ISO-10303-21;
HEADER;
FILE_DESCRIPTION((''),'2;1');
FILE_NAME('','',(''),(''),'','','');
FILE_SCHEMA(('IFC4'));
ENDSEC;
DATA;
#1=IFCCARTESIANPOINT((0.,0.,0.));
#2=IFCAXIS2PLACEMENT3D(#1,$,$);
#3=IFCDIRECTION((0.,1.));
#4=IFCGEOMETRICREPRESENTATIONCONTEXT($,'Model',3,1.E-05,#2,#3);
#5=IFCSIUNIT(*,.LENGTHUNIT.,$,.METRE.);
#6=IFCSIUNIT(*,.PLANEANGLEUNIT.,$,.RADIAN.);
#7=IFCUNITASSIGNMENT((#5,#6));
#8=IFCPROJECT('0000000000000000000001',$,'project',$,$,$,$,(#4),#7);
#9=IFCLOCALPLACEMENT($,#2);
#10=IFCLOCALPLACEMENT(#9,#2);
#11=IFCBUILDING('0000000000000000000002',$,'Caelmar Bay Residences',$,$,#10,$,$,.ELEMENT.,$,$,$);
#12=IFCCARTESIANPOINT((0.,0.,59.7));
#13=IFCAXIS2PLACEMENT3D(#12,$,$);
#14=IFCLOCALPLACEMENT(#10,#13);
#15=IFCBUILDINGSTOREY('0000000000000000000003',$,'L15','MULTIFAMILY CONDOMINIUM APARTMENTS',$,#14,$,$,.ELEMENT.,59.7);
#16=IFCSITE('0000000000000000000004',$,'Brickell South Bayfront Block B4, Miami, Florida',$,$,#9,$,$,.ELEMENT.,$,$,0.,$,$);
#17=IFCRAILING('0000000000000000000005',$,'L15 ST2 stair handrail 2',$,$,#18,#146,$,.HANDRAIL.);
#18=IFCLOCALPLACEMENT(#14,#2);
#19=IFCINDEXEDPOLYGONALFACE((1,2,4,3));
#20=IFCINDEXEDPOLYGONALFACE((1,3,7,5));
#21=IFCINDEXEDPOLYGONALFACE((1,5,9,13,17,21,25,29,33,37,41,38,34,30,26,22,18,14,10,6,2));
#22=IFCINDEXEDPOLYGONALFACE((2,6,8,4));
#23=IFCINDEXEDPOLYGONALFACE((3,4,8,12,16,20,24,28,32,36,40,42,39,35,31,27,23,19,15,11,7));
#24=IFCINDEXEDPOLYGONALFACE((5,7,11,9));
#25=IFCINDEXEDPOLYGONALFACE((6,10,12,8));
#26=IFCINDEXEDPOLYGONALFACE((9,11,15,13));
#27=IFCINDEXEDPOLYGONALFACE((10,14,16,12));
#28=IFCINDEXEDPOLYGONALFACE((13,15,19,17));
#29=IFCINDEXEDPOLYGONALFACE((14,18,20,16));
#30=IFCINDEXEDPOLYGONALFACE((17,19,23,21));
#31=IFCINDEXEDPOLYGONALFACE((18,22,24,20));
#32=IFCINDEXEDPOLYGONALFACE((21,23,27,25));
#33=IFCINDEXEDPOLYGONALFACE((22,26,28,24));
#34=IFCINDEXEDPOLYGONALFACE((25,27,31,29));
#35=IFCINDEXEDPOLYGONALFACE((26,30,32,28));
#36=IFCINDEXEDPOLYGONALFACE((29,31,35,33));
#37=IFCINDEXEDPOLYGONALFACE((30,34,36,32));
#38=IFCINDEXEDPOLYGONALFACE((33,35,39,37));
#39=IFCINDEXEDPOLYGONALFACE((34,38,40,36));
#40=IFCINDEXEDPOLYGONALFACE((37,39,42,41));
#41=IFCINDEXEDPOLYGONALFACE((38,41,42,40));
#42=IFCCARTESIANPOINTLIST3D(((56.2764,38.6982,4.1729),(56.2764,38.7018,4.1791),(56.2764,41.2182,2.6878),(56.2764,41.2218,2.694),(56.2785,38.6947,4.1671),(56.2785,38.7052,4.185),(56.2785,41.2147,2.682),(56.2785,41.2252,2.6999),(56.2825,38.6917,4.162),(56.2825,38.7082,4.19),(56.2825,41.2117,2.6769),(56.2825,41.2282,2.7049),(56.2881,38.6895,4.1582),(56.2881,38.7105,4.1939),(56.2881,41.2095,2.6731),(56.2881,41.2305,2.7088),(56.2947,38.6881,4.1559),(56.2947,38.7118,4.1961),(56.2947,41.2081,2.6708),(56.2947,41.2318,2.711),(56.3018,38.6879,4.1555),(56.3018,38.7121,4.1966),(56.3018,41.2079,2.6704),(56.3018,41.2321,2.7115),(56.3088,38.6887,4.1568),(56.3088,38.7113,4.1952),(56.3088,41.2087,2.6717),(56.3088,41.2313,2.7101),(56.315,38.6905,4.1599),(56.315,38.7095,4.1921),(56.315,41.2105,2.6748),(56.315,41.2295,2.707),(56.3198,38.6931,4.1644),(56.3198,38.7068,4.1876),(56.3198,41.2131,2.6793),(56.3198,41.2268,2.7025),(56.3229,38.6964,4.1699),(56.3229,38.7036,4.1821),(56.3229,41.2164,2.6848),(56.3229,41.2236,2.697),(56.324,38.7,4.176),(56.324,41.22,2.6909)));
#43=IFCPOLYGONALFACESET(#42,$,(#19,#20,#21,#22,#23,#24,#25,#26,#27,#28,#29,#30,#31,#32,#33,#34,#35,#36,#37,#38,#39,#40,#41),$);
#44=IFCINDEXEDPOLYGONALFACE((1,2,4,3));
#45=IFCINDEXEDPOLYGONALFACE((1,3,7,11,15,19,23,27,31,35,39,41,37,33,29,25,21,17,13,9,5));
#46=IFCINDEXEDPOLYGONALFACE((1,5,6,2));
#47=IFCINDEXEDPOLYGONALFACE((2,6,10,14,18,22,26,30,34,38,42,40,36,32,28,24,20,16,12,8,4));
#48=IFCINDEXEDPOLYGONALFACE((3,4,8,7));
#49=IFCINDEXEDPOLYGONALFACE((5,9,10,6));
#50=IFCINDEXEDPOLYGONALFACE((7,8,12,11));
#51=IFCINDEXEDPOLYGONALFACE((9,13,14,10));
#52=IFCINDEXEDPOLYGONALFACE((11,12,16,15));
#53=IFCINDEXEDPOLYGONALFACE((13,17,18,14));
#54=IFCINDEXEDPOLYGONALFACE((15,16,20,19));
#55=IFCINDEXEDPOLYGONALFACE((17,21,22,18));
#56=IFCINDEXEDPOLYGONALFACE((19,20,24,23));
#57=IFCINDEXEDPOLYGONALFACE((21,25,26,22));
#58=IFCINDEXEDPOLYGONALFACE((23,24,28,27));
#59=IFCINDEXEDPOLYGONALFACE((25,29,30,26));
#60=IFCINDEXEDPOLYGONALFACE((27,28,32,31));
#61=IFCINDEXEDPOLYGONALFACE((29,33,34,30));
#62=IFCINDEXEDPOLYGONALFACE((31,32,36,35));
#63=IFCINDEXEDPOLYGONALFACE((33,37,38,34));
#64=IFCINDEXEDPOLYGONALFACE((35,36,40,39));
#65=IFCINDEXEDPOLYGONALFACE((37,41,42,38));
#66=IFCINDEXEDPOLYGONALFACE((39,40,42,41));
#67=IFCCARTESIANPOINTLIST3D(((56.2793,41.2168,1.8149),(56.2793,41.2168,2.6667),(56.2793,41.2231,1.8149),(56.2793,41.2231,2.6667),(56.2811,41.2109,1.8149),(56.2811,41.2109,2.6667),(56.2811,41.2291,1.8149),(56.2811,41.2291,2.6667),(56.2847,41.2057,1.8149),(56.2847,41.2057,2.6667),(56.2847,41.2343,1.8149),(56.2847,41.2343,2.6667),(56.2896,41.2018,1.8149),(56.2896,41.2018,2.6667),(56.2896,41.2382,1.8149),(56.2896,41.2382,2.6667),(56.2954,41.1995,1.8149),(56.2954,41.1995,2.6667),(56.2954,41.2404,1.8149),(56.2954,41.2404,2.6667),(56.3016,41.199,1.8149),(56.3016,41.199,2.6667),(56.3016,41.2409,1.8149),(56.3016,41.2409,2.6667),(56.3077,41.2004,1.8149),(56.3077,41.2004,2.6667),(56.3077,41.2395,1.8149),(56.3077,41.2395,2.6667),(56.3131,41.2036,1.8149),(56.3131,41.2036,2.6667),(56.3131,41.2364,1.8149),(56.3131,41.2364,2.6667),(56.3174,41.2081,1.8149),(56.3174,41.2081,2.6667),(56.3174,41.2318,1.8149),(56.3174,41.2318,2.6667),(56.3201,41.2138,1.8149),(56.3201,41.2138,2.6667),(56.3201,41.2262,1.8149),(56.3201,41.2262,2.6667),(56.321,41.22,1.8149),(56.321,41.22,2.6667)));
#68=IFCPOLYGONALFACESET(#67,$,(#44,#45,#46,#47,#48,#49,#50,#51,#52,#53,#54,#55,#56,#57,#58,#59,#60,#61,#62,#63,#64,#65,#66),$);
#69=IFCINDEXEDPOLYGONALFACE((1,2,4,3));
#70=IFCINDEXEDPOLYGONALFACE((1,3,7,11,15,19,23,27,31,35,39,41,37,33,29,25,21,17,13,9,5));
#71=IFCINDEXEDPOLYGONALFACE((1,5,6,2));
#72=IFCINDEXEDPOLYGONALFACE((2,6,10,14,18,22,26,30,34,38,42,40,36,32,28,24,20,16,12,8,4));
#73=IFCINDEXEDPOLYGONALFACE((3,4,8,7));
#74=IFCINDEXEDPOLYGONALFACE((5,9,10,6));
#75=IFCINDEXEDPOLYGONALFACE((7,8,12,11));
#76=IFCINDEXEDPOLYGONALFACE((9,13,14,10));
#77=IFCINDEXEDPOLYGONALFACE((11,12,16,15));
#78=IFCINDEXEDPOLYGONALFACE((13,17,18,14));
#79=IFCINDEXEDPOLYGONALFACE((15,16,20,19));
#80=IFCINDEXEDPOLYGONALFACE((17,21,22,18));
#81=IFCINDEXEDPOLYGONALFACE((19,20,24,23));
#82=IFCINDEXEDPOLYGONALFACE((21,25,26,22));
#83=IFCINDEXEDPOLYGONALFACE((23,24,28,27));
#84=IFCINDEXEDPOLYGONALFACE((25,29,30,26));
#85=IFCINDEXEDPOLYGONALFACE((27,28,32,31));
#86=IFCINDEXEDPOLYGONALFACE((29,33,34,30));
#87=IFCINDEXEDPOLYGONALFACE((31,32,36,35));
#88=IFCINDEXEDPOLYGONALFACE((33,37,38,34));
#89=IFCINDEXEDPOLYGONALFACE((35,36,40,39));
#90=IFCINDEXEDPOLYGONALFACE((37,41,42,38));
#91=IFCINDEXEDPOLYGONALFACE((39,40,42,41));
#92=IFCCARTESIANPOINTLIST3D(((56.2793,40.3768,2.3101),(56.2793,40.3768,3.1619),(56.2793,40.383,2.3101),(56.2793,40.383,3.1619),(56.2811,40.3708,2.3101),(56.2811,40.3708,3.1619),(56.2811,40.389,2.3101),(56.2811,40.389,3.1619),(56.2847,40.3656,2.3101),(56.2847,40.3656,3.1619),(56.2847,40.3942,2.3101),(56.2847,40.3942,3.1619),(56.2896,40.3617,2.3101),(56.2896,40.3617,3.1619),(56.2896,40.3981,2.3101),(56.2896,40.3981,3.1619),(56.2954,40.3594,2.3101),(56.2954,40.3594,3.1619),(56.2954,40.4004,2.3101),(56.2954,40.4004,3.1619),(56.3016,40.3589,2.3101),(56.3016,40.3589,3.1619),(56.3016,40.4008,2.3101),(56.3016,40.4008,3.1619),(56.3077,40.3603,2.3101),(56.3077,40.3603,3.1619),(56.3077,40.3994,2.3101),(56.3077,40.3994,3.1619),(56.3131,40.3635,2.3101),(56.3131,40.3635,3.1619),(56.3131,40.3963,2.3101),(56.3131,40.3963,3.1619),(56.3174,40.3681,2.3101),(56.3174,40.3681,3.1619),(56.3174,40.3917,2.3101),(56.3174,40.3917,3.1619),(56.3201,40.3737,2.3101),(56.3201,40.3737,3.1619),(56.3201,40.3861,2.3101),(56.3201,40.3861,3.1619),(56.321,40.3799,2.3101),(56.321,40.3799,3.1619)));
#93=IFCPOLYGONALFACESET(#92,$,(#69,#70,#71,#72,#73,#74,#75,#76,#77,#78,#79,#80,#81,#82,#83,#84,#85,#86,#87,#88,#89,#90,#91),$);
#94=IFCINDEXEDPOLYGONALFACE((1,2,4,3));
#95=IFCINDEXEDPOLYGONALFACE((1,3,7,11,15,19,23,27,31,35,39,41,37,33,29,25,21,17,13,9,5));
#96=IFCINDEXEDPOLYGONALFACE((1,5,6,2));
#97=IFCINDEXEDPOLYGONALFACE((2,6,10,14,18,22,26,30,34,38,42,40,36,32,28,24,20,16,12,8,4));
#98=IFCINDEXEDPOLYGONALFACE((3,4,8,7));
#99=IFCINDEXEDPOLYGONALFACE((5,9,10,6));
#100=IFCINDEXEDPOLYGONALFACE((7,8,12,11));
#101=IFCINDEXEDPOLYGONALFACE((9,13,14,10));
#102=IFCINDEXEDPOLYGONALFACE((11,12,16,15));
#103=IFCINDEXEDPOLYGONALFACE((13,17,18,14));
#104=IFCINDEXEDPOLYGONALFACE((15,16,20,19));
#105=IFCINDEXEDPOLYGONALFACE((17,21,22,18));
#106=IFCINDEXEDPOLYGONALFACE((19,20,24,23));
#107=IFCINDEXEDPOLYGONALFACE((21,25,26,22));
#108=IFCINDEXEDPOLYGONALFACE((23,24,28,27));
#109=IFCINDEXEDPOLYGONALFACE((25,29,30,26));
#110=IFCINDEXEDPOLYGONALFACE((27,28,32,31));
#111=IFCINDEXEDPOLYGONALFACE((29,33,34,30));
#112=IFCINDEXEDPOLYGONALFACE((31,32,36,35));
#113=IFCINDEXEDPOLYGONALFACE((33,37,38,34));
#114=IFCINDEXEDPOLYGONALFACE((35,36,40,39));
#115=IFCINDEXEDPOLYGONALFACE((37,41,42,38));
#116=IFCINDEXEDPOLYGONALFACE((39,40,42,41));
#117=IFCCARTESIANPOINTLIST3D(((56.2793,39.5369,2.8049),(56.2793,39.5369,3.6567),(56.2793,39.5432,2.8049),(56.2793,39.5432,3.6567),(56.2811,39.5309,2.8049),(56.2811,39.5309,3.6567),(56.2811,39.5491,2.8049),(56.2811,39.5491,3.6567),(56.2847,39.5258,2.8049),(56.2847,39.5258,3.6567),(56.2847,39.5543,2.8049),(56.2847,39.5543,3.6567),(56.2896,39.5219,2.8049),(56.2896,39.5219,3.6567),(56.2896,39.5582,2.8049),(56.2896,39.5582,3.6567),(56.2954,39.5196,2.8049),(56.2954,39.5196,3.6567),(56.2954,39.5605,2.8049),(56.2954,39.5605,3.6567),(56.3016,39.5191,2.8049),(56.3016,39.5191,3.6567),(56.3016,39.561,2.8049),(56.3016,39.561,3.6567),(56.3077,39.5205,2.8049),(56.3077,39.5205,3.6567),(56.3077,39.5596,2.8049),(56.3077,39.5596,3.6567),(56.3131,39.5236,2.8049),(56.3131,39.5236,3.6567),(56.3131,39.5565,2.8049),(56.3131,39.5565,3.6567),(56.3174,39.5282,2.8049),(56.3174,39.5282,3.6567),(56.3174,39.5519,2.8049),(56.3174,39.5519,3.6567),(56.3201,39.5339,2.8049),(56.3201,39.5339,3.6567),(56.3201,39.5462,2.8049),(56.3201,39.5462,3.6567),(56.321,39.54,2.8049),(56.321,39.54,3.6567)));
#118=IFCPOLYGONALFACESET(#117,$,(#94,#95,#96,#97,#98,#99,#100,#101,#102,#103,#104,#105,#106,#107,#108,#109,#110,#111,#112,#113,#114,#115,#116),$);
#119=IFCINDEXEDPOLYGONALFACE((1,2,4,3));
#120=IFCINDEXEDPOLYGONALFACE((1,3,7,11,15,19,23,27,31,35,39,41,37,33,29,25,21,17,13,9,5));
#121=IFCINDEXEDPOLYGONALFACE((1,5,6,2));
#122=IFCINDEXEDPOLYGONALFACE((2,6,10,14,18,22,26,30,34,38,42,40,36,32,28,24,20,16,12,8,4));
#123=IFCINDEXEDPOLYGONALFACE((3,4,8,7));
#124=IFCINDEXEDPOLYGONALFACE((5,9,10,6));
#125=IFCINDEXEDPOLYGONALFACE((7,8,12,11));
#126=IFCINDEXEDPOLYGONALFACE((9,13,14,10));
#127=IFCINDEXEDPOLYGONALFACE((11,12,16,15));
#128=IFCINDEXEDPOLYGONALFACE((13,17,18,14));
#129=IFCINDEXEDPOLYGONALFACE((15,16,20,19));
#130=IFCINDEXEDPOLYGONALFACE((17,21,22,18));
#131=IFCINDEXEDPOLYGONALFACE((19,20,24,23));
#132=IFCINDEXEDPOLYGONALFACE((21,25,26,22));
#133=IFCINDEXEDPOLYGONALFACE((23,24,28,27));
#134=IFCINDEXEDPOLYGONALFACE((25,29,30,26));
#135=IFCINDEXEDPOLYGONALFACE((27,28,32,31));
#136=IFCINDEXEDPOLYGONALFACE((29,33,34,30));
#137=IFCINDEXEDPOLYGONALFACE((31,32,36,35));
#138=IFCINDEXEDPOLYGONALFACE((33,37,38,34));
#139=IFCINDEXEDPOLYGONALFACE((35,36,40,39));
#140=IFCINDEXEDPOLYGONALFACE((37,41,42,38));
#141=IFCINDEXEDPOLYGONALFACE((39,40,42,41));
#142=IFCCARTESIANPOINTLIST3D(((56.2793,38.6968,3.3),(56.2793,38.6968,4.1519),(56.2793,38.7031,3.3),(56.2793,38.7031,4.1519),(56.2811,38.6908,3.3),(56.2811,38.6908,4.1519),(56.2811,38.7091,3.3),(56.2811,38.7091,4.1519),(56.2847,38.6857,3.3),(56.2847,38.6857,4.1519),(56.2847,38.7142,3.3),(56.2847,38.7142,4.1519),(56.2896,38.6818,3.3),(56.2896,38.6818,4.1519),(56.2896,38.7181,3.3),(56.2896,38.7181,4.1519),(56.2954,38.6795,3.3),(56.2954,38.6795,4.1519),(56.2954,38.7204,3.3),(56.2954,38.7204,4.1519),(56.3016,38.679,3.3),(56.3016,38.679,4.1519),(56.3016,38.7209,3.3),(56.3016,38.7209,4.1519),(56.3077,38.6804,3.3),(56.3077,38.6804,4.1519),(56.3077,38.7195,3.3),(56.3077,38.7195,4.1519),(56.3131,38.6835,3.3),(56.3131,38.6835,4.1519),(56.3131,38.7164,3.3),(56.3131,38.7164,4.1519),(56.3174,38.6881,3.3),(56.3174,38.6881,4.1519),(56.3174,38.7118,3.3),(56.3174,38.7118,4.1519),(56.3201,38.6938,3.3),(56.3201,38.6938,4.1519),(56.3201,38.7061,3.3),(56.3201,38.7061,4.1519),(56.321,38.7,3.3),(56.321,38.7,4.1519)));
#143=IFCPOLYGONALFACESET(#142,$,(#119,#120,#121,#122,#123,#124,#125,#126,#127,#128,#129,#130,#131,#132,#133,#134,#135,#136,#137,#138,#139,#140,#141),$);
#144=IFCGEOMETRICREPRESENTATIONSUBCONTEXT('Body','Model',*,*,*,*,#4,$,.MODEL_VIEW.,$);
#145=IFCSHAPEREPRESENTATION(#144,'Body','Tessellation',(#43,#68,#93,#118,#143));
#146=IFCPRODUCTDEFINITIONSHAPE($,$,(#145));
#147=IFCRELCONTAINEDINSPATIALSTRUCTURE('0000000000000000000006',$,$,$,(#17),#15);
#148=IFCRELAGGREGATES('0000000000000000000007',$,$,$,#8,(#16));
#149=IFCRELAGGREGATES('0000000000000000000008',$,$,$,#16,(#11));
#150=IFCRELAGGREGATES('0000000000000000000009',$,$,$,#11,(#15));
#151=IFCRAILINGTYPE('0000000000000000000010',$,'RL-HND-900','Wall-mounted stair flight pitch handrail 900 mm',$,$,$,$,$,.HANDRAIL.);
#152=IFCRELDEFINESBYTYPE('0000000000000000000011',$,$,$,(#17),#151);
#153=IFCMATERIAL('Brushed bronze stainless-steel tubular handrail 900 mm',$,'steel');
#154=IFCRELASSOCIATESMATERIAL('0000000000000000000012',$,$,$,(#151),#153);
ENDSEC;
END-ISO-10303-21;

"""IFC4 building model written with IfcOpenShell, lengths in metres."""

from ifc_helpers import new_model, si_unit, direction, frame, origin, origin_2d, place, context, subcontext, project, spatial, circle, extrude, material, type_object, element, save


model = new_model("IFC4")

# Units and contexts
model_context = context("Model", 3, precision=1e-05, world=origin(), true_north=direction((0.0, 1.0)))
body_context = subcontext(model_context, "Body", "Model", "MODEL_VIEW")
ifc_project = project(units=[si_unit("LENGTHUNIT", "METRE"), si_unit("PLANEANGLEUNIT", "RADIAN")], contexts=[model_context])

# Site, building, storey
site_placement = place(None, origin())
site = spatial("IfcSite", under=ifc_project, at=site_placement, Name="Brickell South Bayfront Block B4, Miami, Florida", CompositionType="ELEMENT", RefElevation=0.0)
building_placement = place(site_placement, origin())
building = spatial("IfcBuilding", under=site, at=building_placement, Name="Caelmar Bay Residences", CompositionType="ELEMENT")
storey_placement = place(building_placement, frame((0.0, 0.0, 59.7)))
storey = spatial("IfcBuildingStorey", under=building, at=storey_placement, Name="L15", Description="MULTIFAMILY CONDOMINIUM APARTMENTS", CompositionType="ELEMENT", Elevation=59.7)

# Railing
ifc_material_1 = material(Name="Brushed bronze stainless-steel tubular handrail 900 mm", Category="steel")
railing_type_1 = type_object("IfcRailingType", Name="RL-HND-900", Description="Wall-mounted stair flight pitch handrail 900 mm", PredefinedType="HANDRAIL", material=ifc_material_1)
railing_1_placement = place(storey_placement, frame((56.3, 41.22, 1.8149)))
element("IfcRailing", 1, at=railing_1_placement, inside=storey, type_object=railing_type_1, Name="L15 ST2 stair handrail 2", PredefinedType="HANDRAIL", context=body_context, shape_type="SweptSolid", body=[
    extrude(circle(Radius=0.0239, at=origin_2d()), frame((0.0, 0.0, 0.876), z_axis=(0.0, -0.861524, 0.507717), x_axis=(1.0, 0.0, 0.0)), (0.0, 0.0, 1.0), 2.925),
    extrude(circle(Radius=0.021, at=origin_2d()), origin(), (0.0, 0.0, 1.0), 0.8518),
    extrude(circle(Radius=0.021, at=origin_2d()), frame((0.0, -0.8401, 0.4951)), (0.0, 0.0, 1.0), 0.8518),
    extrude(circle(Radius=0.021, at=origin_2d()), frame((0.0, -1.6799, 0.99)), (0.0, 0.0, 1.0), 0.8518),
    extrude(circle(Radius=0.021, at=origin_2d()), frame((0.0, -2.52, 1.4851)), (0.0, 0.0, 1.0), 0.8518),
])

save(model, "model.ifc")
